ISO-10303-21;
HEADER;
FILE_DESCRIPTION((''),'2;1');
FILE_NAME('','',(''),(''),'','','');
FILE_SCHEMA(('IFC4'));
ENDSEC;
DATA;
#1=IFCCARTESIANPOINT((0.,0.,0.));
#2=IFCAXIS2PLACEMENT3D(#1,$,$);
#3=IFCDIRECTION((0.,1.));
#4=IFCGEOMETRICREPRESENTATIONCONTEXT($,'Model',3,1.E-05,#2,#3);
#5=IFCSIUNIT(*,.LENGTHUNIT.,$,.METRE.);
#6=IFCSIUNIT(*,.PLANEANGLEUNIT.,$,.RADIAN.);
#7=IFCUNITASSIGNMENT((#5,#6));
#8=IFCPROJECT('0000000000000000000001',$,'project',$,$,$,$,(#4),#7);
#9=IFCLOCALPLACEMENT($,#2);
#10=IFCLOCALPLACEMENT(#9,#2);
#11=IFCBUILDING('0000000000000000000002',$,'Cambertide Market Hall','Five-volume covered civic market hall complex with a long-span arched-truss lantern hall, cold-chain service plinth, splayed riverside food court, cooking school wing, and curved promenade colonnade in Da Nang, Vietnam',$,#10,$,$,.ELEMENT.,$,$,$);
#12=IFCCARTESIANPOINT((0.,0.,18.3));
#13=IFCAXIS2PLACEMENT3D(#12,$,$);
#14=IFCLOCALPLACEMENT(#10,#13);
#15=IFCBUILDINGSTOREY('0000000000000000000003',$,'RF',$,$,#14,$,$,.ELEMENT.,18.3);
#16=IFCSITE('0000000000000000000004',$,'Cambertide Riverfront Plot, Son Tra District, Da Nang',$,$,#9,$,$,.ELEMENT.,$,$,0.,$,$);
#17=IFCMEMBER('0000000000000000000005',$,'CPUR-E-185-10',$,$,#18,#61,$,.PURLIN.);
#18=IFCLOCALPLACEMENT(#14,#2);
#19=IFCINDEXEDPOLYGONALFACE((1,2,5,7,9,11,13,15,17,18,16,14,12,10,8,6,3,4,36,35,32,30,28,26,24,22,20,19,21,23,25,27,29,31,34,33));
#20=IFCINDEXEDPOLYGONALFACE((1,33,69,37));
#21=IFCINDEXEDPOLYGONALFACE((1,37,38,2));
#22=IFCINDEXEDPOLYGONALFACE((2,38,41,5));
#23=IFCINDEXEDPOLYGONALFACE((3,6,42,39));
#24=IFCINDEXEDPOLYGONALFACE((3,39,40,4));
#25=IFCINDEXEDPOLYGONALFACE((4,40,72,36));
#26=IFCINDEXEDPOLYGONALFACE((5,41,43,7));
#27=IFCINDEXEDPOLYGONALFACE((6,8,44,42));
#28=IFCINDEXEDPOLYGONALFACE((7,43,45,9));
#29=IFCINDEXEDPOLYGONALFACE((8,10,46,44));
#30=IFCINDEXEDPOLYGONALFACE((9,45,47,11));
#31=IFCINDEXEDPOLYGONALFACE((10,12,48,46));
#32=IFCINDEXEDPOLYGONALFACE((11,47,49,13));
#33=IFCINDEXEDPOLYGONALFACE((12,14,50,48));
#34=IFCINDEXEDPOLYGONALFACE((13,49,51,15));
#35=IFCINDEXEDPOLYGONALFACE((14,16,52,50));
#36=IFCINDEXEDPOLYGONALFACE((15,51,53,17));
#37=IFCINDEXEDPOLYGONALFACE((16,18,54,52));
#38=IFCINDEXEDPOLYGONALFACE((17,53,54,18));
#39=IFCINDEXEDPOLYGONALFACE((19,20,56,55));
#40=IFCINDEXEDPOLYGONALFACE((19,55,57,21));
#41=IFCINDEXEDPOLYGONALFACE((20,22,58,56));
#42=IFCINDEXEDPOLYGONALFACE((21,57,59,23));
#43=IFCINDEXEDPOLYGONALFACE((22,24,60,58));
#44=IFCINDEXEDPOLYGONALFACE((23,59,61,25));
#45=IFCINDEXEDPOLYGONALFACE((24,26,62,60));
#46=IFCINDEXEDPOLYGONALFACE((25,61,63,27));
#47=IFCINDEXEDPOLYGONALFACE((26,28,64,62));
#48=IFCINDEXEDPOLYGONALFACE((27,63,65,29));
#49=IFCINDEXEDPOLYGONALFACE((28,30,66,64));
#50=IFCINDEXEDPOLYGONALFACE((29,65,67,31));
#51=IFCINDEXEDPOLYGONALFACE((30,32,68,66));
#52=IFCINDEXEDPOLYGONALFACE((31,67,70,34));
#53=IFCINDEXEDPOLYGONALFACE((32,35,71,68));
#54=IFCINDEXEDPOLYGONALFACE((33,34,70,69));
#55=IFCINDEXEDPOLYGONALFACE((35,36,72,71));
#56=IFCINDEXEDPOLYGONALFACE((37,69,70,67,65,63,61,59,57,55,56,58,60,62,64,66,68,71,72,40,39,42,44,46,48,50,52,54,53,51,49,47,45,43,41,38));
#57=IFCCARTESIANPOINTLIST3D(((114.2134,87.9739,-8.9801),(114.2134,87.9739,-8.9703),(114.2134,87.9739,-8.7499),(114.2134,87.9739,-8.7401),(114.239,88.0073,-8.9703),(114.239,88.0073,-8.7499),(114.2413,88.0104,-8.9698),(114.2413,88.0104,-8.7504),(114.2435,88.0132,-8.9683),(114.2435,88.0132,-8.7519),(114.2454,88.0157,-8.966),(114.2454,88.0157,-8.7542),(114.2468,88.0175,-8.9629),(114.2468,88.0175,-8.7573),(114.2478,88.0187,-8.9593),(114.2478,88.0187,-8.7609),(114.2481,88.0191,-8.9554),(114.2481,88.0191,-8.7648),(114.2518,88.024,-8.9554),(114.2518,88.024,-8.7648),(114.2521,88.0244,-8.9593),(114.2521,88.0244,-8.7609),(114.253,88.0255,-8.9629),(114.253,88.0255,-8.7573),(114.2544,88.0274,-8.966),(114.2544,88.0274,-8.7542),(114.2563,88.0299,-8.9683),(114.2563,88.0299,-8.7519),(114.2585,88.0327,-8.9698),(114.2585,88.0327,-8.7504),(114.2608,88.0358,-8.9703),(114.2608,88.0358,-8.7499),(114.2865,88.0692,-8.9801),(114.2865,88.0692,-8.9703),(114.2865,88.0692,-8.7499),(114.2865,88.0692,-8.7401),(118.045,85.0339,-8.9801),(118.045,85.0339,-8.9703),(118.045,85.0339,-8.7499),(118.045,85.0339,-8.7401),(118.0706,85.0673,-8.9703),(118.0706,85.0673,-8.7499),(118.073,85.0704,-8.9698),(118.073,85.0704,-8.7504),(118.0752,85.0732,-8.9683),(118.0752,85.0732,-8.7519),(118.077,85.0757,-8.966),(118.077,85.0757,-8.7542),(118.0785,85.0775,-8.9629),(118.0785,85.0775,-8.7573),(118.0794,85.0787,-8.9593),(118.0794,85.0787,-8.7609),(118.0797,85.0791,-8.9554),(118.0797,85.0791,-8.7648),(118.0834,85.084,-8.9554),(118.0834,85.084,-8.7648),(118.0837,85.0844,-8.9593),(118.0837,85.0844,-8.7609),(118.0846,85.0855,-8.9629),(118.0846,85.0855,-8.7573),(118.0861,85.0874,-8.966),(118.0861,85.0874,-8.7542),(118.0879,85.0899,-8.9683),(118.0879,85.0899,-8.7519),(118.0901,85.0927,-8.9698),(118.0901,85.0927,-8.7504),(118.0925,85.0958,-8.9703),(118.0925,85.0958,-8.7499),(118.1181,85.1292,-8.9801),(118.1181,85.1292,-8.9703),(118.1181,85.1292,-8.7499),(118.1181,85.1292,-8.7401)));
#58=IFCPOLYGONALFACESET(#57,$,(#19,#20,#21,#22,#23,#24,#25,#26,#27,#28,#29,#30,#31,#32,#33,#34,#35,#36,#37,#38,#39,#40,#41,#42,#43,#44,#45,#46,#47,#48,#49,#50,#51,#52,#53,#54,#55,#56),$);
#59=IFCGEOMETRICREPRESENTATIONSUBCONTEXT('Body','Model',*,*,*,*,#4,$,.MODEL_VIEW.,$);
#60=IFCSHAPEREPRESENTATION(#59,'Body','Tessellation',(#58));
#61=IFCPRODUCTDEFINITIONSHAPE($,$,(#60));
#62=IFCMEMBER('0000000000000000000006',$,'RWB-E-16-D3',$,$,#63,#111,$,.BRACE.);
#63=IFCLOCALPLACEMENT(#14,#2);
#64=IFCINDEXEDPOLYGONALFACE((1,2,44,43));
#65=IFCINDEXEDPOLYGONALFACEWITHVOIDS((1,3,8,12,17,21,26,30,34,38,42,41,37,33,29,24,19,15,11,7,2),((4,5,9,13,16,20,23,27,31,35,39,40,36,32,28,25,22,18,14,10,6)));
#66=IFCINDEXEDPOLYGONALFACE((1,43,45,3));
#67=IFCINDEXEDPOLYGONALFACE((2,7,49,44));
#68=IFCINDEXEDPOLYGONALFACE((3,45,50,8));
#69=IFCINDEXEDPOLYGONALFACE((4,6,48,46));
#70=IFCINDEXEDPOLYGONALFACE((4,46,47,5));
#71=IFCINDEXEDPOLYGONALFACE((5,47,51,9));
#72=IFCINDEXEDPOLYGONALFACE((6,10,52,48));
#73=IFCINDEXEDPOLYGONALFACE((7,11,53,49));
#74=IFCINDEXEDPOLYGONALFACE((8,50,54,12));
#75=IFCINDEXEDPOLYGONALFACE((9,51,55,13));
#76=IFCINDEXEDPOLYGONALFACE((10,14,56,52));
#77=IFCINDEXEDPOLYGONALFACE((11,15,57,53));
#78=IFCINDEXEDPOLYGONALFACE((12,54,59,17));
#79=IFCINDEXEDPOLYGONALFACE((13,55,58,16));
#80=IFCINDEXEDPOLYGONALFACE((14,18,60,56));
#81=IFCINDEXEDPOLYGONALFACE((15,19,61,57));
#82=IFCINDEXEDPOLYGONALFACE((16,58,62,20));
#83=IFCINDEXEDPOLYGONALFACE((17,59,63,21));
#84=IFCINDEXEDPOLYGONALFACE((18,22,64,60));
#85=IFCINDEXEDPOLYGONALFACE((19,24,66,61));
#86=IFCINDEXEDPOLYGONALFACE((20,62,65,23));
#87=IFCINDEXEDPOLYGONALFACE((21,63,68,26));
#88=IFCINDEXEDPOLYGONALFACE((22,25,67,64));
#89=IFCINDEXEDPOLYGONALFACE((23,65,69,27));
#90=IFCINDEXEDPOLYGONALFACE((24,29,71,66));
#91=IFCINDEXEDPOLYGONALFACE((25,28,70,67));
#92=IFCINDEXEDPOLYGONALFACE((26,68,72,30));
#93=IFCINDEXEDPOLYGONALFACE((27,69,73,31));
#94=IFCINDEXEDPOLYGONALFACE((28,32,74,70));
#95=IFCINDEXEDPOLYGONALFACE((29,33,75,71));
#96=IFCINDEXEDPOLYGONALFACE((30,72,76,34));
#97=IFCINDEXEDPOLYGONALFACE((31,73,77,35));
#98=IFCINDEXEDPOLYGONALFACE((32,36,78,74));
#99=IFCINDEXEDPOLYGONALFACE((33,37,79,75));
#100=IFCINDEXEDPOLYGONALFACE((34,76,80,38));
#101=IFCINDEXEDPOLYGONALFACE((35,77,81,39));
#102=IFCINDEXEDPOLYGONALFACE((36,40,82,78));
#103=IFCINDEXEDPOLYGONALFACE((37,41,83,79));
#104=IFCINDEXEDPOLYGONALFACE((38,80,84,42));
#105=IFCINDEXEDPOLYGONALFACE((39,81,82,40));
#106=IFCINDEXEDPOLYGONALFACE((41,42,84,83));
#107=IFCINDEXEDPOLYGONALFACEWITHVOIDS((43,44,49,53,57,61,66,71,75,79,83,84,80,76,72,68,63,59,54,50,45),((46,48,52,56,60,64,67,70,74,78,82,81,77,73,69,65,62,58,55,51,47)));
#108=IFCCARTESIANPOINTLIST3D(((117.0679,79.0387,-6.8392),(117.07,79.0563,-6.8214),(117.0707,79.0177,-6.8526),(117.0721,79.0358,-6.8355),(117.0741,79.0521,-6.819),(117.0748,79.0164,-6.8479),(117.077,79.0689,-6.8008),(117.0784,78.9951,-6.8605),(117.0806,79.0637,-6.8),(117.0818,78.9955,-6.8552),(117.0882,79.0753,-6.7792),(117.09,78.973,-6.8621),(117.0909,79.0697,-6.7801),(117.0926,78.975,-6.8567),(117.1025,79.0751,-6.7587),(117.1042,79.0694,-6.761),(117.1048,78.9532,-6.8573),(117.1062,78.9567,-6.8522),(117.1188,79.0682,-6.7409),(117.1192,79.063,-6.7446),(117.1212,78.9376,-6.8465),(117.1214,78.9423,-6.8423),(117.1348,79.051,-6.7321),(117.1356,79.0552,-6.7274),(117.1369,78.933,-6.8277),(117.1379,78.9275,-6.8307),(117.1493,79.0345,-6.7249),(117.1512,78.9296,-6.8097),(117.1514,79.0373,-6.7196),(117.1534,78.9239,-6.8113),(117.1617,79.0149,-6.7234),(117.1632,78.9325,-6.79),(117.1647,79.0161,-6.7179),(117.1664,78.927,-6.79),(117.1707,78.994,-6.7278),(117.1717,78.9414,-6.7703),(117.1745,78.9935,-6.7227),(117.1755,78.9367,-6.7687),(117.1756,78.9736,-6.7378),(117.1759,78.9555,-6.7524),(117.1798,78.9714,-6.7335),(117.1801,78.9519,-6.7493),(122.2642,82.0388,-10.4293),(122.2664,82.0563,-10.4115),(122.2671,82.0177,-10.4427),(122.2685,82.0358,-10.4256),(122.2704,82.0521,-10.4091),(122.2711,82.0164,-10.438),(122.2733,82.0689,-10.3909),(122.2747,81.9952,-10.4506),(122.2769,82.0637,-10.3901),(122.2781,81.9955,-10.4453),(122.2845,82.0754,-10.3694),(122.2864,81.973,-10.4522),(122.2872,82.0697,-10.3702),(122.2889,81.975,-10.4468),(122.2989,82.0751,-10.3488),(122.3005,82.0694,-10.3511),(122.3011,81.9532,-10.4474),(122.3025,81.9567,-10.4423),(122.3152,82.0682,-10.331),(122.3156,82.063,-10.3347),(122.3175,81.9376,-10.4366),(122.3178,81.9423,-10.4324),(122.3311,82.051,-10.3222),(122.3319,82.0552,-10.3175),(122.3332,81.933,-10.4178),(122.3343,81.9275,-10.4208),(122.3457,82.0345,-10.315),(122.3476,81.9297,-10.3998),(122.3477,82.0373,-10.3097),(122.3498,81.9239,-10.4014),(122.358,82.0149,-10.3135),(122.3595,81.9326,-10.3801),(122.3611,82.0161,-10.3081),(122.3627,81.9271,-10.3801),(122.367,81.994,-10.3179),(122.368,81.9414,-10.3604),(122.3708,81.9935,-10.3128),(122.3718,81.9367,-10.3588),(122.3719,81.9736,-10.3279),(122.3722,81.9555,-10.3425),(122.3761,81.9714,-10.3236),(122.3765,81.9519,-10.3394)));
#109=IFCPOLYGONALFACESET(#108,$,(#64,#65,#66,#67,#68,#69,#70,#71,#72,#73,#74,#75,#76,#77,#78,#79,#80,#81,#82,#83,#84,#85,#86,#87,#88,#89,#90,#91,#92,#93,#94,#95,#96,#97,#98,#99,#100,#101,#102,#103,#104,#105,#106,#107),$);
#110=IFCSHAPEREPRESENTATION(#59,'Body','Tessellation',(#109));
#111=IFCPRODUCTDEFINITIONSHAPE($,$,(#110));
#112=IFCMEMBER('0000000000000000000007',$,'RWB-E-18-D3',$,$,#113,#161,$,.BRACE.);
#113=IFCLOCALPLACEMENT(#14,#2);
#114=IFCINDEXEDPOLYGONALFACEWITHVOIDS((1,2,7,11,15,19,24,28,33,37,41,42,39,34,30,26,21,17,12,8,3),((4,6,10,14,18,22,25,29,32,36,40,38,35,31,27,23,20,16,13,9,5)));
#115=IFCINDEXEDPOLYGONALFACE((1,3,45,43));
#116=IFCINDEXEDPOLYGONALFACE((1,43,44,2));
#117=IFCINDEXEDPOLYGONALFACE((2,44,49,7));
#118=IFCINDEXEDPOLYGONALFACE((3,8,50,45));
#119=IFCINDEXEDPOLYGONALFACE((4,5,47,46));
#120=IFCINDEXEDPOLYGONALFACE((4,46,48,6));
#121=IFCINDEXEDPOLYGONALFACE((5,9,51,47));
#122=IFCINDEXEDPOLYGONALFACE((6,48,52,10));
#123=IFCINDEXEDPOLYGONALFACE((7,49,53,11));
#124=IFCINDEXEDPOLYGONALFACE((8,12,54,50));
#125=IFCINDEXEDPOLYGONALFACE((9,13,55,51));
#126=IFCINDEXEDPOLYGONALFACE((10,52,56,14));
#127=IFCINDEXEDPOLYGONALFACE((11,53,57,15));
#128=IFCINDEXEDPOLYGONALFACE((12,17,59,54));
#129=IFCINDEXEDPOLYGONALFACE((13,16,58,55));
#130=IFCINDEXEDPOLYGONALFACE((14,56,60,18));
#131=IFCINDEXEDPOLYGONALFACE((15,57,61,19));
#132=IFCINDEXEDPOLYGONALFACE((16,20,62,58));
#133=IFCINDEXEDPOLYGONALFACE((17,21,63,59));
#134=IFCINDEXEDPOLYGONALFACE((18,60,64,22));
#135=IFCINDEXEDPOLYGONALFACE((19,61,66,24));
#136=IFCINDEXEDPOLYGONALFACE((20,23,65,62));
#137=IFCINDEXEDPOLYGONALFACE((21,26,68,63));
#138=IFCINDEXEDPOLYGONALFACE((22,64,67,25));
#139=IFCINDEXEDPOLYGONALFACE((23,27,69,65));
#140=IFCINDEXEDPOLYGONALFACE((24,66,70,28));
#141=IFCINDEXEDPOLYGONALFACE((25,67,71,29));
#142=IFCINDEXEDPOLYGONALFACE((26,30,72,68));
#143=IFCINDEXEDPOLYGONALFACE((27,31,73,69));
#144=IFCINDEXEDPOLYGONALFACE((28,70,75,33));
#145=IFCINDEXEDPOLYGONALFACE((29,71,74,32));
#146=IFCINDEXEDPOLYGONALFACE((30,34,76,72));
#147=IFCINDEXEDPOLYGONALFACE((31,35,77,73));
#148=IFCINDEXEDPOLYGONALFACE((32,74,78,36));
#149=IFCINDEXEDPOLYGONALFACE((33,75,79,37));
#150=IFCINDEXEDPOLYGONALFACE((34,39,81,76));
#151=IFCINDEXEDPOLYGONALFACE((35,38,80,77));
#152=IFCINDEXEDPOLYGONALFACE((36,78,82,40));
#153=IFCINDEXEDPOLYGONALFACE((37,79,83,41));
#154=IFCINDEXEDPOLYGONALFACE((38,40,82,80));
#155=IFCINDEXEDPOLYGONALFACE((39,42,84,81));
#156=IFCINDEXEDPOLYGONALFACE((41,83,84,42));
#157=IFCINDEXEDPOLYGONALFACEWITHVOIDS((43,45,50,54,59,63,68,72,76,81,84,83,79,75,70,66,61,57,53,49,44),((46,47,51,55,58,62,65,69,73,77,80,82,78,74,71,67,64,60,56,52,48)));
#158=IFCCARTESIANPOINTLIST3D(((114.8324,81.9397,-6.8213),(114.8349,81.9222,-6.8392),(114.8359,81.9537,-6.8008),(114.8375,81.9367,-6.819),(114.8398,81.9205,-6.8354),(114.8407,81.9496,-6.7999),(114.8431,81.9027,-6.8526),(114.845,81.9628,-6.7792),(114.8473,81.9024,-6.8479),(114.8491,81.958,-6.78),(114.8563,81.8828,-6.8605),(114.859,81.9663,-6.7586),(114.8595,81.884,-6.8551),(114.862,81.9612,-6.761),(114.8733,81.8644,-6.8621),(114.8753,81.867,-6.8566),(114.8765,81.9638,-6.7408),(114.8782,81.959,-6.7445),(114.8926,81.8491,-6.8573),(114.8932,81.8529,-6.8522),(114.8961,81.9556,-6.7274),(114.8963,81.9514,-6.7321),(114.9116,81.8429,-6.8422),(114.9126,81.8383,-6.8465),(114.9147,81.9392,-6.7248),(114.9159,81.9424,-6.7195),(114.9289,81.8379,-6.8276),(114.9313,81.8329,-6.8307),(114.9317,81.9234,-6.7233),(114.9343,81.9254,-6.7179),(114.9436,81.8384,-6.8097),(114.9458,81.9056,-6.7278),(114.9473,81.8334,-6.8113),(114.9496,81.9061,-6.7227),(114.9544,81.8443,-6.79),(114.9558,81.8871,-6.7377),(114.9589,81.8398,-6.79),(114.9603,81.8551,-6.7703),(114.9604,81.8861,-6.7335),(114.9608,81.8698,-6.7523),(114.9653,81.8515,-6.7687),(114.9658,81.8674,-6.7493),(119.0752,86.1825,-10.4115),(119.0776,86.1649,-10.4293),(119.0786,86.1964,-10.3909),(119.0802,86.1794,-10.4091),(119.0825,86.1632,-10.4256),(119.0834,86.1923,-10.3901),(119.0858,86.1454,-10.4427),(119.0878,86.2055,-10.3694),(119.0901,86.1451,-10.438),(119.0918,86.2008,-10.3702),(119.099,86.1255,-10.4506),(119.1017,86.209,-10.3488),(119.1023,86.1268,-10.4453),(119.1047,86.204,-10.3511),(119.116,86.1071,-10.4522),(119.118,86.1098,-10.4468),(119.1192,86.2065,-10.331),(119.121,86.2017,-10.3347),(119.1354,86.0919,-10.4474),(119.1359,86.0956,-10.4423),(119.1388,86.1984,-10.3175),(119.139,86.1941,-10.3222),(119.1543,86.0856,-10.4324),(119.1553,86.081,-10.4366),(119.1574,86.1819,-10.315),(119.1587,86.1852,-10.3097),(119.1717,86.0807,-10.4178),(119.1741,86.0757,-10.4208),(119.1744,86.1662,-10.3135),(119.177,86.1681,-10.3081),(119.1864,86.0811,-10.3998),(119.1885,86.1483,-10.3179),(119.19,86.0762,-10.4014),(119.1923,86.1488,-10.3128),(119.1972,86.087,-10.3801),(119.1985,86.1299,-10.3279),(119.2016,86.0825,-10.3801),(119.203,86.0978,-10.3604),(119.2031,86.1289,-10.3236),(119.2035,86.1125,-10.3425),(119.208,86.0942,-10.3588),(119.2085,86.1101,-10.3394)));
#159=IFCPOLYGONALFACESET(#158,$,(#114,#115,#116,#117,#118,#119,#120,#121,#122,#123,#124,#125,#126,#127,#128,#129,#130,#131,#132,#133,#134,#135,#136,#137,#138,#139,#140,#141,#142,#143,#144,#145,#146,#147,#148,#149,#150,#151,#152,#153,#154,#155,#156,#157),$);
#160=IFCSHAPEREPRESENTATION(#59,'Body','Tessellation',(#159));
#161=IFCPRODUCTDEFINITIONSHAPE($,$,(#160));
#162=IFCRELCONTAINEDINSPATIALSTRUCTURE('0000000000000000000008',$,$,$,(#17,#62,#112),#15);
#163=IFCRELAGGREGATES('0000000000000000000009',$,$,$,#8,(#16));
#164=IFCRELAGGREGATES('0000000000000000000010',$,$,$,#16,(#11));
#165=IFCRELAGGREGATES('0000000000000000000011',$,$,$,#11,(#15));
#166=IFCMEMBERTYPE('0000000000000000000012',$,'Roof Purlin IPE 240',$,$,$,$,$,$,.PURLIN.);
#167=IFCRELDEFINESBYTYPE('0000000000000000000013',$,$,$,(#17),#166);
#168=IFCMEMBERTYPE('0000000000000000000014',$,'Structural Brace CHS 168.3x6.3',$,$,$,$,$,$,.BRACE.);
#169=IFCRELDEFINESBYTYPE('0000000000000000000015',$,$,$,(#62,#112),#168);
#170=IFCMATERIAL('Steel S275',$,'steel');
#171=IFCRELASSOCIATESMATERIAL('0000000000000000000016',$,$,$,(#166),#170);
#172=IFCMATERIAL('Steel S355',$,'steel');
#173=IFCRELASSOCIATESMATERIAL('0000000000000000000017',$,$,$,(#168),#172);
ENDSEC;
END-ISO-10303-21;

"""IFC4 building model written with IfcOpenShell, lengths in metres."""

from ifc_helpers import new_model, si_unit, direction, frame, origin, origin_2d, place, context, subcontext, project, spatial, hollow_circle, i_section, extrude, material, material_profile, profile_set, type_object, element, save


model = new_model("IFC4")

# Units and contexts
model_context = context("Model", 3, precision=1e-05, world=origin(), true_north=direction((0.0, 1.0)))
body_context = subcontext(model_context, "Body", "Model", "MODEL_VIEW")
ifc_project = project(units=[si_unit("LENGTHUNIT", "METRE"), si_unit("PLANEANGLEUNIT", "RADIAN")], contexts=[model_context])

# Site, building, storey
site_placement = place(None, origin())
site = spatial("IfcSite", under=ifc_project, at=site_placement, Name="Cambertide Riverfront Plot, Son Tra District, Da Nang", CompositionType="ELEMENT", RefElevation=0.0)
building_placement = place(site_placement, origin())
building = spatial("IfcBuilding", under=site, at=building_placement, Name="Cambertide Market Hall", Description="Five-volume covered civic market hall complex with a long-span arched-truss lantern hall, cold-chain service plinth, splayed riverside food court, cooking school wing, and curved promenade colonnade in Da Nang, Vietnam", CompositionType="ELEMENT")
storey_placement = place(building_placement, frame((0.0, 0.0, 18.3)))
storey = spatial("IfcBuildingStorey", under=building, at=storey_placement, Name="RF", CompositionType="ELEMENT", Elevation=18.3)

# Members
ifc_material_1 = material(Name="Steel S275", Category="steel")
ifc_material_profile_1 = material_profile(ifc_material_1, i_section(OverallWidth=0.1201, OverallDepth=0.24, WebThickness=0.0061, FlangeThickness=0.0098, FilletRadius=0.0149, at=origin_2d()), Name="IPE 240")
ifc_profile_set_1 = profile_set([ifc_material_profile_1], Name="Steel S275")
member_type_1 = type_object("IfcMemberType", Name="Roof Purlin IPE 240", PredefinedType="PURLIN", material=ifc_profile_set_1)
for number, where, z_axis, x_axis, name in (
    (1, (118.0815, 85.0815, -8.8601), (-0.793364, 0.608748, 0.0), (-0.608748, -0.793364, 0.0), "CPUR-E-185-10"),
):
    element("IfcMember", number, at=place(storey_placement, frame(where, z_axis=z_axis, x_axis=x_axis)), inside=storey, type_object=member_type_1, Name=name, PredefinedType="PURLIN", context=body_context, shape_type="SweptSolid", body=[
        extrude(i_section(OverallWidth=0.1201, OverallDepth=0.24, WebThickness=0.0061, FlangeThickness=0.0098, FilletRadius=0.0149, at=origin_2d()), origin(), (0.0, 0.0, 1.0), 4.8296),
    ])
ifc_material_2 = material(Name="Steel S355", Category="steel")
ifc_material_profile_2 = material_profile(ifc_material_2, hollow_circle(Radius=0.0842, WallThickness=0.0063, at=origin_2d()), Name="CHS 168.3x6.3")
ifc_profile_set_2 = profile_set([ifc_material_profile_2], Name="Steel S355")
member_type_2 = type_object("IfcMemberType", Name="Structural Brace CHS 168.3x6.3", PredefinedType="BRACE", material=ifc_profile_set_2)
for number, where, z_axis, x_axis, name in (
    (2, (122.3206, 82.0, -10.3801), (-0.74316, -0.429053, 0.513446), (0.49999, -0.866031, 0.0), "RWB-E-16-D3"),
    (3, (119.1421, 86.1421, -10.3801), (-0.606782, -0.606782, 0.51345), (0.707107, -0.707107, 0.0), "RWB-E-18-D3"),
):
    element("IfcMember", number, at=place(storey_placement, frame(where, z_axis=z_axis, x_axis=x_axis)), inside=storey, type_object=member_type_2, Name=name, PredefinedType="BRACE", context=body_context, shape_type="SweptSolid", body=[
        extrude(hollow_circle(Radius=0.0842, WallThickness=0.0063, at=origin_2d()), origin(), (0.0, 0.0, 1.0), 6.9922),
    ])

save(model, "model.ifc")
